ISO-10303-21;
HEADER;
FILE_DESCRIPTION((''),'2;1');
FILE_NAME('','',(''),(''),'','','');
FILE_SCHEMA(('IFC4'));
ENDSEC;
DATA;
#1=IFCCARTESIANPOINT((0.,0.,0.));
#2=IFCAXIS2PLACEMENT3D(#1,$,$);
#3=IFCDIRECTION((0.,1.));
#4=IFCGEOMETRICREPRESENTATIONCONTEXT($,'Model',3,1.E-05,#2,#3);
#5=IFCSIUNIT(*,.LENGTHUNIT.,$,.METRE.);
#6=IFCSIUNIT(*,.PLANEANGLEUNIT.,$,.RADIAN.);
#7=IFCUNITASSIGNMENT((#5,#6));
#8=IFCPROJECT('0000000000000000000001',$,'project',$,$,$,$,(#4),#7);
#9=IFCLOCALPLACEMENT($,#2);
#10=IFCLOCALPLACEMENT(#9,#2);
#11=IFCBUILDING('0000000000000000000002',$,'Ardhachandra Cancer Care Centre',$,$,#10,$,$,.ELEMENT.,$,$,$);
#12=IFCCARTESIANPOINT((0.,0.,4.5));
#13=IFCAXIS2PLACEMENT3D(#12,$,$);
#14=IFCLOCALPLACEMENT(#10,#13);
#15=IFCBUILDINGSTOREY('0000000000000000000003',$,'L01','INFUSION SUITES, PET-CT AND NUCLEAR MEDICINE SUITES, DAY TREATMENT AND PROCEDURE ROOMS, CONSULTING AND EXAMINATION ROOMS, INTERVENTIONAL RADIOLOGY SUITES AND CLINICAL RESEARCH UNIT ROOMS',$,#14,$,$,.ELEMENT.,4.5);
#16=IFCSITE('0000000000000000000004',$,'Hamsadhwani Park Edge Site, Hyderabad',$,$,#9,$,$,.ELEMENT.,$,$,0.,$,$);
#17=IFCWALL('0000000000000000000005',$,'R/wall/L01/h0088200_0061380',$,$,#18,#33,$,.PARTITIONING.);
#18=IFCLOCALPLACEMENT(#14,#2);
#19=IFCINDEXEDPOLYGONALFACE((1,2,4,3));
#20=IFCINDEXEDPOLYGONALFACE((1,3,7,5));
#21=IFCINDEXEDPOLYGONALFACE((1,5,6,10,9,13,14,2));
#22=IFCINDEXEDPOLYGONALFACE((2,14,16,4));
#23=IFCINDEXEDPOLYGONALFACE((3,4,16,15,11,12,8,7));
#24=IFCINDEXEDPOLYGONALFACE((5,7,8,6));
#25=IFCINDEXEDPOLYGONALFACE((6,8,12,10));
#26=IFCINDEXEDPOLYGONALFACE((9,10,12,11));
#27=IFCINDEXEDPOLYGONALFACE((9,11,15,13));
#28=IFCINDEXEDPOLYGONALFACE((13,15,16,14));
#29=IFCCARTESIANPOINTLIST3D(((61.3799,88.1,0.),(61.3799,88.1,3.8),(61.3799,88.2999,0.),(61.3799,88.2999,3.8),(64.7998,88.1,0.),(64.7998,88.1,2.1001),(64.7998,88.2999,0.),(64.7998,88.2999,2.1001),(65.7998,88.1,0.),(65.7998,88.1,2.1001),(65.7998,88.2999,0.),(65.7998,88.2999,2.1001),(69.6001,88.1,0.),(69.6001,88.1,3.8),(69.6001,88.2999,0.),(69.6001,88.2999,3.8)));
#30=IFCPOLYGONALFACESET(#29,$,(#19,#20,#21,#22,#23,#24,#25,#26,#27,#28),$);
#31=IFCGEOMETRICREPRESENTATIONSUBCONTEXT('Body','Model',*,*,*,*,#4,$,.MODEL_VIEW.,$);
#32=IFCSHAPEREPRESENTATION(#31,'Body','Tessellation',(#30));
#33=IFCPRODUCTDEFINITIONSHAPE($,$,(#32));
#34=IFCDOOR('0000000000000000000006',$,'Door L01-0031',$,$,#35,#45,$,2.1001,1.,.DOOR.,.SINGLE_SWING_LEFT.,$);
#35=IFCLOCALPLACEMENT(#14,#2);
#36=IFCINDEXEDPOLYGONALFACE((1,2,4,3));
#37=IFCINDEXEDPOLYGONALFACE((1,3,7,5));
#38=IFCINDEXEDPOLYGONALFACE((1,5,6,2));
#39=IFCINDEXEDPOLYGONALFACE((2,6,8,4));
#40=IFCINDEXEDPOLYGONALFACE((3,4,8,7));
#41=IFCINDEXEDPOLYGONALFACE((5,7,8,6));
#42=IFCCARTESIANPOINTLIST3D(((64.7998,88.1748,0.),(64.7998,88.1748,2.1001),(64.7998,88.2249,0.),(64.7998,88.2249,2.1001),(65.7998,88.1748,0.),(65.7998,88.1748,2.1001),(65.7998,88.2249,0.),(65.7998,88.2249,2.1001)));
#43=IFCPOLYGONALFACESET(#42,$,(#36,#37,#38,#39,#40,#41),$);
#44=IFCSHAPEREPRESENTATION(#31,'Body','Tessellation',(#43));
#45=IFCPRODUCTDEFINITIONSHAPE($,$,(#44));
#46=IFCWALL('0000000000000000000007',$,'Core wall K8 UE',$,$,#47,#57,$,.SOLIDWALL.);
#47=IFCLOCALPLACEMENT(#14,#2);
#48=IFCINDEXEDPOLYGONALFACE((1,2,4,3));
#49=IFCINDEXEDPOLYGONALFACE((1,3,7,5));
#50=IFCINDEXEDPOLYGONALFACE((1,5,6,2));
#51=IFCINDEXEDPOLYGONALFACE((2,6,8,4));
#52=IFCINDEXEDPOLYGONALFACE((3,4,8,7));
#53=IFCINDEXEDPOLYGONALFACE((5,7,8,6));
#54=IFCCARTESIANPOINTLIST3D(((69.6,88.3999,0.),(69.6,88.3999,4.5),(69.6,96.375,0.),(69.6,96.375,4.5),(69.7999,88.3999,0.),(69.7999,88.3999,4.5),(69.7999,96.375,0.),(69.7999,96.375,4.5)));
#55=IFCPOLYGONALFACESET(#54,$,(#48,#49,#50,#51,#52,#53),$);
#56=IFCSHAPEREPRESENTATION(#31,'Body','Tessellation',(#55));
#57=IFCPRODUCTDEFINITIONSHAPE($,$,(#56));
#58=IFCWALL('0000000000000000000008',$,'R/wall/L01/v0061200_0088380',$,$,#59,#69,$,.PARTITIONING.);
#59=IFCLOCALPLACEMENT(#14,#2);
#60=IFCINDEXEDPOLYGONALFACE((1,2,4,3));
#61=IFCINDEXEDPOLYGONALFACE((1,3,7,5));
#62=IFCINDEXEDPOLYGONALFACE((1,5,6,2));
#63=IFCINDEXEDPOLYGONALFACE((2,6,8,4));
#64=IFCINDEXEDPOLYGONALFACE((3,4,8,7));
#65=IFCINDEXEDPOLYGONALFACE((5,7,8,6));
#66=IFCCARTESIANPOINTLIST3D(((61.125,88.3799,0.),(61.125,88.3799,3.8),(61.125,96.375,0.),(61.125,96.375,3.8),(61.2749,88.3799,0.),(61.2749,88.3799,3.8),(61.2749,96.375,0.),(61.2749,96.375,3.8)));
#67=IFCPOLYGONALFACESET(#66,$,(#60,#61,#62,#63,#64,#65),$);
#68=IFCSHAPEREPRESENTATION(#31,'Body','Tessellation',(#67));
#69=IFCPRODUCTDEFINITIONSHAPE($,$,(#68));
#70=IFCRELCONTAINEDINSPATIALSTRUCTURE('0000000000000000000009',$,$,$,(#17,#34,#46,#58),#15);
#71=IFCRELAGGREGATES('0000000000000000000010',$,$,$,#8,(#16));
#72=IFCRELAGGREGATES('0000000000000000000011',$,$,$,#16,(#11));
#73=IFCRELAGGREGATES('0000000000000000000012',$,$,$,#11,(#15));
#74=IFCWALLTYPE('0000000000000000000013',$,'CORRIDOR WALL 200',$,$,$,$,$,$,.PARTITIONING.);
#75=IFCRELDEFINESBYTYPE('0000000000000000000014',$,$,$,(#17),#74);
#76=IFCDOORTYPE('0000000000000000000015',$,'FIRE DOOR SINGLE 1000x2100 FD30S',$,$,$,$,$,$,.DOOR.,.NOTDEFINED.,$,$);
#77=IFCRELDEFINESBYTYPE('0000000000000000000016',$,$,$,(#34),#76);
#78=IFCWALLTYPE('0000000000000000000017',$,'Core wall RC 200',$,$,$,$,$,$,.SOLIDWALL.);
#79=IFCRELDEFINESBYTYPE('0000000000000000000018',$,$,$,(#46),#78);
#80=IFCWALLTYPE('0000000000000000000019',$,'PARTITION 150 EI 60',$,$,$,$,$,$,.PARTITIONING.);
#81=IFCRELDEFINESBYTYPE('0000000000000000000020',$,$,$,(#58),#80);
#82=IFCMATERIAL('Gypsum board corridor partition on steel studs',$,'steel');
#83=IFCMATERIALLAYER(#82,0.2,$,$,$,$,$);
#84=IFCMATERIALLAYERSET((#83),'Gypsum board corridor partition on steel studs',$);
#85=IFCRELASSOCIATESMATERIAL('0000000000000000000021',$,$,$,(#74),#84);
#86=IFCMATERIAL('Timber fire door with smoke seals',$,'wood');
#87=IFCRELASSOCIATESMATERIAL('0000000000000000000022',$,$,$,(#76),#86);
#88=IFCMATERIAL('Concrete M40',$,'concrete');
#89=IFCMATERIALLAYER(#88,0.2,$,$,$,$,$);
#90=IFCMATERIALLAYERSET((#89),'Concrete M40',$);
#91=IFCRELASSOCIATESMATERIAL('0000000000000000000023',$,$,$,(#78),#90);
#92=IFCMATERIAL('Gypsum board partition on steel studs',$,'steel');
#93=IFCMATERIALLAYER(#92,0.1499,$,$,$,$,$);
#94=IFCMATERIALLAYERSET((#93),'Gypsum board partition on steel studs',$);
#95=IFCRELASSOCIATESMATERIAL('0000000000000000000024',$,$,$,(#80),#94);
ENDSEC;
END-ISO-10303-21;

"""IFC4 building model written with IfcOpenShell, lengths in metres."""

from ifc_helpers import new_model, si_unit, direction, frame, frame_2d, origin, place, context, subcontext, project, spatial, rectangle, extrude, material, layer, layer_set, type_object, element, fill, save


model = new_model("IFC4")

# Units and contexts
model_context = context("Model", 3, precision=1e-05, world=origin(), true_north=direction((0.0, 1.0)))
body_context = subcontext(model_context, "Body", "Model", "MODEL_VIEW")
ifc_project = project(units=[si_unit("LENGTHUNIT", "METRE"), si_unit("PLANEANGLEUNIT", "RADIAN")], contexts=[model_context])

# Site, building, storey
site_placement = place(None, origin())
site = spatial("IfcSite", under=ifc_project, at=site_placement, Name="Hamsadhwani Park Edge Site, Hyderabad", CompositionType="ELEMENT", RefElevation=0.0)
building_placement = place(site_placement, origin())
building = spatial("IfcBuilding", under=site, at=building_placement, Name="Ardhachandra Cancer Care Centre", CompositionType="ELEMENT")
storey_placement = place(building_placement, frame((0.0, 0.0, 4.5)))
storey = spatial("IfcBuildingStorey", under=building, at=storey_placement, Name="L01", Description="INFUSION SUITES, PET-CT AND NUCLEAR MEDICINE SUITES, DAY TREATMENT AND PROCEDURE ROOMS, CONSULTING AND EXAMINATION ROOMS, INTERVENTIONAL RADIOLOGY SUITES AND CLINICAL RESEARCH UNIT ROOMS", CompositionType="ELEMENT", Elevation=4.5)

# Wall, opening, door
ifc_material_1 = material(Name="Gypsum board corridor partition on steel studs", Category="steel")
ifc_layer_1 = layer(ifc_material_1, 0.2)
ifc_layer_set_1 = layer_set([ifc_layer_1], Name="Gypsum board corridor partition on steel studs")
wall_type_1 = type_object("IfcWallType", Name="CORRIDOR WALL 200", PredefinedType="PARTITIONING", material=ifc_layer_set_1)
ifc_material_2 = material(Name="Timber fire door with smoke seals", Category="wood")
door_type = type_object("IfcDoorType", Name="FIRE DOOR SINGLE 1000x2100 FD30S", OperationType="NOTDEFINED", PredefinedType="DOOR", material=ifc_material_2)
wall_1_placement = place(storey_placement, frame((61.3799, 88.2, 0.0), z_axis=(0.0, 0.0, 1.0), x_axis=(1.0, 0.0, 0.0)))
wall_1 = element("IfcWall", 1, at=wall_1_placement, inside=storey, type_object=wall_type_1, Name="R/wall/L01/h0088200_0061380", PredefinedType="PARTITIONING", context=body_context, shape_type="SweptSolid", body=[
    extrude(rectangle(XDim=8.2202, YDim=0.2, at=frame_2d((4.1101, 0.0))), origin(), (0.0, 0.0, 1.0), 3.8),
])
opening_1_placement = place(wall_1_placement, frame((3.4199, 0.0, 0.0)))
opening_1 = element("IfcOpeningElement", 2, at=opening_1_placement, cuts=wall_1, PredefinedType="OPENING", context=body_context, shape_type="SweptSolid", body=[
    extrude(rectangle(XDim=1.0, YDim=2.1001, at=frame_2d((0.5, 1.05))), frame((0.0, 0.1099, 0.0), z_axis=(0.0, -1.0, 0.0), x_axis=(1.0, 0.0, 0.0)), (0.0, 0.0, 1.0), 0.22),
])
door_1_placement = place(opening_1_placement, origin())
door_1 = element("IfcDoor", 3, at=door_1_placement, inside=storey, type_object=door_type, Name="Door L01-0031", OperationType="SINGLE_SWING_LEFT", OverallHeight=2.1001, OverallWidth=1.0, PredefinedType="DOOR", context=body_context, shape_type="SweptSolid", body=[
    extrude(rectangle(XDim=1.0, YDim=2.1001, at=frame_2d((0.5, 1.05))), frame((0.0, 0.0249, 0.0), z_axis=(0.0, -1.0, 0.0), x_axis=(1.0, 0.0, 0.0)), (0.0, 0.0, 1.0), 0.05),
])
fill(opening_1, door_1)

# Walls
ifc_material_3 = material(Name="Concrete M40", Category="concrete")
ifc_layer_2 = layer(ifc_material_3, 0.2)
ifc_layer_set_2 = layer_set([ifc_layer_2], Name="Concrete M40")
wall_type_2 = type_object("IfcWallType", Name="Core wall RC 200", PredefinedType="SOLIDWALL", material=ifc_layer_set_2)
wall_2_placement = place(storey_placement, frame((69.7, 88.3999, 0.0), z_axis=(0.0, 0.0, 1.0), x_axis=(0.0, 1.0, 0.0)))
element("IfcWall", 4, at=wall_2_placement, inside=storey, type_object=wall_type_2, Name="Core wall K8 UE", PredefinedType="SOLIDWALL", context=body_context, shape_type="SweptSolid", body=[
    extrude(rectangle(XDim=7.9751, YDim=0.2, at=frame_2d((3.9875, 0.0))), origin(), (0.0, 0.0, 1.0), 4.5),
])
ifc_material_4 = material(Name="Gypsum board partition on steel studs", Category="steel")
ifc_layer_3 = layer(ifc_material_4, 0.1499)
ifc_layer_set_3 = layer_set([ifc_layer_3], Name="Gypsum board partition on steel studs")
wall_type_3 = type_object("IfcWallType", Name="PARTITION 150 EI 60", PredefinedType="PARTITIONING", material=ifc_layer_set_3)
wall_3_placement = place(storey_placement, frame((61.2, 88.3799, 0.0), z_axis=(0.0, 0.0, 1.0), x_axis=(0.0, 1.0, 0.0)))
element("IfcWall", 5, at=wall_3_placement, inside=storey, type_object=wall_type_3, Name="R/wall/L01/v0061200_0088380", PredefinedType="PARTITIONING", context=body_context, shape_type="SweptSolid", body=[
    extrude(rectangle(XDim=7.9951, YDim=0.1499, at=frame_2d((3.9976, 0.0))), origin(), (0.0, 0.0, 1.0), 3.8),
])

save(model, "model.ifc")
